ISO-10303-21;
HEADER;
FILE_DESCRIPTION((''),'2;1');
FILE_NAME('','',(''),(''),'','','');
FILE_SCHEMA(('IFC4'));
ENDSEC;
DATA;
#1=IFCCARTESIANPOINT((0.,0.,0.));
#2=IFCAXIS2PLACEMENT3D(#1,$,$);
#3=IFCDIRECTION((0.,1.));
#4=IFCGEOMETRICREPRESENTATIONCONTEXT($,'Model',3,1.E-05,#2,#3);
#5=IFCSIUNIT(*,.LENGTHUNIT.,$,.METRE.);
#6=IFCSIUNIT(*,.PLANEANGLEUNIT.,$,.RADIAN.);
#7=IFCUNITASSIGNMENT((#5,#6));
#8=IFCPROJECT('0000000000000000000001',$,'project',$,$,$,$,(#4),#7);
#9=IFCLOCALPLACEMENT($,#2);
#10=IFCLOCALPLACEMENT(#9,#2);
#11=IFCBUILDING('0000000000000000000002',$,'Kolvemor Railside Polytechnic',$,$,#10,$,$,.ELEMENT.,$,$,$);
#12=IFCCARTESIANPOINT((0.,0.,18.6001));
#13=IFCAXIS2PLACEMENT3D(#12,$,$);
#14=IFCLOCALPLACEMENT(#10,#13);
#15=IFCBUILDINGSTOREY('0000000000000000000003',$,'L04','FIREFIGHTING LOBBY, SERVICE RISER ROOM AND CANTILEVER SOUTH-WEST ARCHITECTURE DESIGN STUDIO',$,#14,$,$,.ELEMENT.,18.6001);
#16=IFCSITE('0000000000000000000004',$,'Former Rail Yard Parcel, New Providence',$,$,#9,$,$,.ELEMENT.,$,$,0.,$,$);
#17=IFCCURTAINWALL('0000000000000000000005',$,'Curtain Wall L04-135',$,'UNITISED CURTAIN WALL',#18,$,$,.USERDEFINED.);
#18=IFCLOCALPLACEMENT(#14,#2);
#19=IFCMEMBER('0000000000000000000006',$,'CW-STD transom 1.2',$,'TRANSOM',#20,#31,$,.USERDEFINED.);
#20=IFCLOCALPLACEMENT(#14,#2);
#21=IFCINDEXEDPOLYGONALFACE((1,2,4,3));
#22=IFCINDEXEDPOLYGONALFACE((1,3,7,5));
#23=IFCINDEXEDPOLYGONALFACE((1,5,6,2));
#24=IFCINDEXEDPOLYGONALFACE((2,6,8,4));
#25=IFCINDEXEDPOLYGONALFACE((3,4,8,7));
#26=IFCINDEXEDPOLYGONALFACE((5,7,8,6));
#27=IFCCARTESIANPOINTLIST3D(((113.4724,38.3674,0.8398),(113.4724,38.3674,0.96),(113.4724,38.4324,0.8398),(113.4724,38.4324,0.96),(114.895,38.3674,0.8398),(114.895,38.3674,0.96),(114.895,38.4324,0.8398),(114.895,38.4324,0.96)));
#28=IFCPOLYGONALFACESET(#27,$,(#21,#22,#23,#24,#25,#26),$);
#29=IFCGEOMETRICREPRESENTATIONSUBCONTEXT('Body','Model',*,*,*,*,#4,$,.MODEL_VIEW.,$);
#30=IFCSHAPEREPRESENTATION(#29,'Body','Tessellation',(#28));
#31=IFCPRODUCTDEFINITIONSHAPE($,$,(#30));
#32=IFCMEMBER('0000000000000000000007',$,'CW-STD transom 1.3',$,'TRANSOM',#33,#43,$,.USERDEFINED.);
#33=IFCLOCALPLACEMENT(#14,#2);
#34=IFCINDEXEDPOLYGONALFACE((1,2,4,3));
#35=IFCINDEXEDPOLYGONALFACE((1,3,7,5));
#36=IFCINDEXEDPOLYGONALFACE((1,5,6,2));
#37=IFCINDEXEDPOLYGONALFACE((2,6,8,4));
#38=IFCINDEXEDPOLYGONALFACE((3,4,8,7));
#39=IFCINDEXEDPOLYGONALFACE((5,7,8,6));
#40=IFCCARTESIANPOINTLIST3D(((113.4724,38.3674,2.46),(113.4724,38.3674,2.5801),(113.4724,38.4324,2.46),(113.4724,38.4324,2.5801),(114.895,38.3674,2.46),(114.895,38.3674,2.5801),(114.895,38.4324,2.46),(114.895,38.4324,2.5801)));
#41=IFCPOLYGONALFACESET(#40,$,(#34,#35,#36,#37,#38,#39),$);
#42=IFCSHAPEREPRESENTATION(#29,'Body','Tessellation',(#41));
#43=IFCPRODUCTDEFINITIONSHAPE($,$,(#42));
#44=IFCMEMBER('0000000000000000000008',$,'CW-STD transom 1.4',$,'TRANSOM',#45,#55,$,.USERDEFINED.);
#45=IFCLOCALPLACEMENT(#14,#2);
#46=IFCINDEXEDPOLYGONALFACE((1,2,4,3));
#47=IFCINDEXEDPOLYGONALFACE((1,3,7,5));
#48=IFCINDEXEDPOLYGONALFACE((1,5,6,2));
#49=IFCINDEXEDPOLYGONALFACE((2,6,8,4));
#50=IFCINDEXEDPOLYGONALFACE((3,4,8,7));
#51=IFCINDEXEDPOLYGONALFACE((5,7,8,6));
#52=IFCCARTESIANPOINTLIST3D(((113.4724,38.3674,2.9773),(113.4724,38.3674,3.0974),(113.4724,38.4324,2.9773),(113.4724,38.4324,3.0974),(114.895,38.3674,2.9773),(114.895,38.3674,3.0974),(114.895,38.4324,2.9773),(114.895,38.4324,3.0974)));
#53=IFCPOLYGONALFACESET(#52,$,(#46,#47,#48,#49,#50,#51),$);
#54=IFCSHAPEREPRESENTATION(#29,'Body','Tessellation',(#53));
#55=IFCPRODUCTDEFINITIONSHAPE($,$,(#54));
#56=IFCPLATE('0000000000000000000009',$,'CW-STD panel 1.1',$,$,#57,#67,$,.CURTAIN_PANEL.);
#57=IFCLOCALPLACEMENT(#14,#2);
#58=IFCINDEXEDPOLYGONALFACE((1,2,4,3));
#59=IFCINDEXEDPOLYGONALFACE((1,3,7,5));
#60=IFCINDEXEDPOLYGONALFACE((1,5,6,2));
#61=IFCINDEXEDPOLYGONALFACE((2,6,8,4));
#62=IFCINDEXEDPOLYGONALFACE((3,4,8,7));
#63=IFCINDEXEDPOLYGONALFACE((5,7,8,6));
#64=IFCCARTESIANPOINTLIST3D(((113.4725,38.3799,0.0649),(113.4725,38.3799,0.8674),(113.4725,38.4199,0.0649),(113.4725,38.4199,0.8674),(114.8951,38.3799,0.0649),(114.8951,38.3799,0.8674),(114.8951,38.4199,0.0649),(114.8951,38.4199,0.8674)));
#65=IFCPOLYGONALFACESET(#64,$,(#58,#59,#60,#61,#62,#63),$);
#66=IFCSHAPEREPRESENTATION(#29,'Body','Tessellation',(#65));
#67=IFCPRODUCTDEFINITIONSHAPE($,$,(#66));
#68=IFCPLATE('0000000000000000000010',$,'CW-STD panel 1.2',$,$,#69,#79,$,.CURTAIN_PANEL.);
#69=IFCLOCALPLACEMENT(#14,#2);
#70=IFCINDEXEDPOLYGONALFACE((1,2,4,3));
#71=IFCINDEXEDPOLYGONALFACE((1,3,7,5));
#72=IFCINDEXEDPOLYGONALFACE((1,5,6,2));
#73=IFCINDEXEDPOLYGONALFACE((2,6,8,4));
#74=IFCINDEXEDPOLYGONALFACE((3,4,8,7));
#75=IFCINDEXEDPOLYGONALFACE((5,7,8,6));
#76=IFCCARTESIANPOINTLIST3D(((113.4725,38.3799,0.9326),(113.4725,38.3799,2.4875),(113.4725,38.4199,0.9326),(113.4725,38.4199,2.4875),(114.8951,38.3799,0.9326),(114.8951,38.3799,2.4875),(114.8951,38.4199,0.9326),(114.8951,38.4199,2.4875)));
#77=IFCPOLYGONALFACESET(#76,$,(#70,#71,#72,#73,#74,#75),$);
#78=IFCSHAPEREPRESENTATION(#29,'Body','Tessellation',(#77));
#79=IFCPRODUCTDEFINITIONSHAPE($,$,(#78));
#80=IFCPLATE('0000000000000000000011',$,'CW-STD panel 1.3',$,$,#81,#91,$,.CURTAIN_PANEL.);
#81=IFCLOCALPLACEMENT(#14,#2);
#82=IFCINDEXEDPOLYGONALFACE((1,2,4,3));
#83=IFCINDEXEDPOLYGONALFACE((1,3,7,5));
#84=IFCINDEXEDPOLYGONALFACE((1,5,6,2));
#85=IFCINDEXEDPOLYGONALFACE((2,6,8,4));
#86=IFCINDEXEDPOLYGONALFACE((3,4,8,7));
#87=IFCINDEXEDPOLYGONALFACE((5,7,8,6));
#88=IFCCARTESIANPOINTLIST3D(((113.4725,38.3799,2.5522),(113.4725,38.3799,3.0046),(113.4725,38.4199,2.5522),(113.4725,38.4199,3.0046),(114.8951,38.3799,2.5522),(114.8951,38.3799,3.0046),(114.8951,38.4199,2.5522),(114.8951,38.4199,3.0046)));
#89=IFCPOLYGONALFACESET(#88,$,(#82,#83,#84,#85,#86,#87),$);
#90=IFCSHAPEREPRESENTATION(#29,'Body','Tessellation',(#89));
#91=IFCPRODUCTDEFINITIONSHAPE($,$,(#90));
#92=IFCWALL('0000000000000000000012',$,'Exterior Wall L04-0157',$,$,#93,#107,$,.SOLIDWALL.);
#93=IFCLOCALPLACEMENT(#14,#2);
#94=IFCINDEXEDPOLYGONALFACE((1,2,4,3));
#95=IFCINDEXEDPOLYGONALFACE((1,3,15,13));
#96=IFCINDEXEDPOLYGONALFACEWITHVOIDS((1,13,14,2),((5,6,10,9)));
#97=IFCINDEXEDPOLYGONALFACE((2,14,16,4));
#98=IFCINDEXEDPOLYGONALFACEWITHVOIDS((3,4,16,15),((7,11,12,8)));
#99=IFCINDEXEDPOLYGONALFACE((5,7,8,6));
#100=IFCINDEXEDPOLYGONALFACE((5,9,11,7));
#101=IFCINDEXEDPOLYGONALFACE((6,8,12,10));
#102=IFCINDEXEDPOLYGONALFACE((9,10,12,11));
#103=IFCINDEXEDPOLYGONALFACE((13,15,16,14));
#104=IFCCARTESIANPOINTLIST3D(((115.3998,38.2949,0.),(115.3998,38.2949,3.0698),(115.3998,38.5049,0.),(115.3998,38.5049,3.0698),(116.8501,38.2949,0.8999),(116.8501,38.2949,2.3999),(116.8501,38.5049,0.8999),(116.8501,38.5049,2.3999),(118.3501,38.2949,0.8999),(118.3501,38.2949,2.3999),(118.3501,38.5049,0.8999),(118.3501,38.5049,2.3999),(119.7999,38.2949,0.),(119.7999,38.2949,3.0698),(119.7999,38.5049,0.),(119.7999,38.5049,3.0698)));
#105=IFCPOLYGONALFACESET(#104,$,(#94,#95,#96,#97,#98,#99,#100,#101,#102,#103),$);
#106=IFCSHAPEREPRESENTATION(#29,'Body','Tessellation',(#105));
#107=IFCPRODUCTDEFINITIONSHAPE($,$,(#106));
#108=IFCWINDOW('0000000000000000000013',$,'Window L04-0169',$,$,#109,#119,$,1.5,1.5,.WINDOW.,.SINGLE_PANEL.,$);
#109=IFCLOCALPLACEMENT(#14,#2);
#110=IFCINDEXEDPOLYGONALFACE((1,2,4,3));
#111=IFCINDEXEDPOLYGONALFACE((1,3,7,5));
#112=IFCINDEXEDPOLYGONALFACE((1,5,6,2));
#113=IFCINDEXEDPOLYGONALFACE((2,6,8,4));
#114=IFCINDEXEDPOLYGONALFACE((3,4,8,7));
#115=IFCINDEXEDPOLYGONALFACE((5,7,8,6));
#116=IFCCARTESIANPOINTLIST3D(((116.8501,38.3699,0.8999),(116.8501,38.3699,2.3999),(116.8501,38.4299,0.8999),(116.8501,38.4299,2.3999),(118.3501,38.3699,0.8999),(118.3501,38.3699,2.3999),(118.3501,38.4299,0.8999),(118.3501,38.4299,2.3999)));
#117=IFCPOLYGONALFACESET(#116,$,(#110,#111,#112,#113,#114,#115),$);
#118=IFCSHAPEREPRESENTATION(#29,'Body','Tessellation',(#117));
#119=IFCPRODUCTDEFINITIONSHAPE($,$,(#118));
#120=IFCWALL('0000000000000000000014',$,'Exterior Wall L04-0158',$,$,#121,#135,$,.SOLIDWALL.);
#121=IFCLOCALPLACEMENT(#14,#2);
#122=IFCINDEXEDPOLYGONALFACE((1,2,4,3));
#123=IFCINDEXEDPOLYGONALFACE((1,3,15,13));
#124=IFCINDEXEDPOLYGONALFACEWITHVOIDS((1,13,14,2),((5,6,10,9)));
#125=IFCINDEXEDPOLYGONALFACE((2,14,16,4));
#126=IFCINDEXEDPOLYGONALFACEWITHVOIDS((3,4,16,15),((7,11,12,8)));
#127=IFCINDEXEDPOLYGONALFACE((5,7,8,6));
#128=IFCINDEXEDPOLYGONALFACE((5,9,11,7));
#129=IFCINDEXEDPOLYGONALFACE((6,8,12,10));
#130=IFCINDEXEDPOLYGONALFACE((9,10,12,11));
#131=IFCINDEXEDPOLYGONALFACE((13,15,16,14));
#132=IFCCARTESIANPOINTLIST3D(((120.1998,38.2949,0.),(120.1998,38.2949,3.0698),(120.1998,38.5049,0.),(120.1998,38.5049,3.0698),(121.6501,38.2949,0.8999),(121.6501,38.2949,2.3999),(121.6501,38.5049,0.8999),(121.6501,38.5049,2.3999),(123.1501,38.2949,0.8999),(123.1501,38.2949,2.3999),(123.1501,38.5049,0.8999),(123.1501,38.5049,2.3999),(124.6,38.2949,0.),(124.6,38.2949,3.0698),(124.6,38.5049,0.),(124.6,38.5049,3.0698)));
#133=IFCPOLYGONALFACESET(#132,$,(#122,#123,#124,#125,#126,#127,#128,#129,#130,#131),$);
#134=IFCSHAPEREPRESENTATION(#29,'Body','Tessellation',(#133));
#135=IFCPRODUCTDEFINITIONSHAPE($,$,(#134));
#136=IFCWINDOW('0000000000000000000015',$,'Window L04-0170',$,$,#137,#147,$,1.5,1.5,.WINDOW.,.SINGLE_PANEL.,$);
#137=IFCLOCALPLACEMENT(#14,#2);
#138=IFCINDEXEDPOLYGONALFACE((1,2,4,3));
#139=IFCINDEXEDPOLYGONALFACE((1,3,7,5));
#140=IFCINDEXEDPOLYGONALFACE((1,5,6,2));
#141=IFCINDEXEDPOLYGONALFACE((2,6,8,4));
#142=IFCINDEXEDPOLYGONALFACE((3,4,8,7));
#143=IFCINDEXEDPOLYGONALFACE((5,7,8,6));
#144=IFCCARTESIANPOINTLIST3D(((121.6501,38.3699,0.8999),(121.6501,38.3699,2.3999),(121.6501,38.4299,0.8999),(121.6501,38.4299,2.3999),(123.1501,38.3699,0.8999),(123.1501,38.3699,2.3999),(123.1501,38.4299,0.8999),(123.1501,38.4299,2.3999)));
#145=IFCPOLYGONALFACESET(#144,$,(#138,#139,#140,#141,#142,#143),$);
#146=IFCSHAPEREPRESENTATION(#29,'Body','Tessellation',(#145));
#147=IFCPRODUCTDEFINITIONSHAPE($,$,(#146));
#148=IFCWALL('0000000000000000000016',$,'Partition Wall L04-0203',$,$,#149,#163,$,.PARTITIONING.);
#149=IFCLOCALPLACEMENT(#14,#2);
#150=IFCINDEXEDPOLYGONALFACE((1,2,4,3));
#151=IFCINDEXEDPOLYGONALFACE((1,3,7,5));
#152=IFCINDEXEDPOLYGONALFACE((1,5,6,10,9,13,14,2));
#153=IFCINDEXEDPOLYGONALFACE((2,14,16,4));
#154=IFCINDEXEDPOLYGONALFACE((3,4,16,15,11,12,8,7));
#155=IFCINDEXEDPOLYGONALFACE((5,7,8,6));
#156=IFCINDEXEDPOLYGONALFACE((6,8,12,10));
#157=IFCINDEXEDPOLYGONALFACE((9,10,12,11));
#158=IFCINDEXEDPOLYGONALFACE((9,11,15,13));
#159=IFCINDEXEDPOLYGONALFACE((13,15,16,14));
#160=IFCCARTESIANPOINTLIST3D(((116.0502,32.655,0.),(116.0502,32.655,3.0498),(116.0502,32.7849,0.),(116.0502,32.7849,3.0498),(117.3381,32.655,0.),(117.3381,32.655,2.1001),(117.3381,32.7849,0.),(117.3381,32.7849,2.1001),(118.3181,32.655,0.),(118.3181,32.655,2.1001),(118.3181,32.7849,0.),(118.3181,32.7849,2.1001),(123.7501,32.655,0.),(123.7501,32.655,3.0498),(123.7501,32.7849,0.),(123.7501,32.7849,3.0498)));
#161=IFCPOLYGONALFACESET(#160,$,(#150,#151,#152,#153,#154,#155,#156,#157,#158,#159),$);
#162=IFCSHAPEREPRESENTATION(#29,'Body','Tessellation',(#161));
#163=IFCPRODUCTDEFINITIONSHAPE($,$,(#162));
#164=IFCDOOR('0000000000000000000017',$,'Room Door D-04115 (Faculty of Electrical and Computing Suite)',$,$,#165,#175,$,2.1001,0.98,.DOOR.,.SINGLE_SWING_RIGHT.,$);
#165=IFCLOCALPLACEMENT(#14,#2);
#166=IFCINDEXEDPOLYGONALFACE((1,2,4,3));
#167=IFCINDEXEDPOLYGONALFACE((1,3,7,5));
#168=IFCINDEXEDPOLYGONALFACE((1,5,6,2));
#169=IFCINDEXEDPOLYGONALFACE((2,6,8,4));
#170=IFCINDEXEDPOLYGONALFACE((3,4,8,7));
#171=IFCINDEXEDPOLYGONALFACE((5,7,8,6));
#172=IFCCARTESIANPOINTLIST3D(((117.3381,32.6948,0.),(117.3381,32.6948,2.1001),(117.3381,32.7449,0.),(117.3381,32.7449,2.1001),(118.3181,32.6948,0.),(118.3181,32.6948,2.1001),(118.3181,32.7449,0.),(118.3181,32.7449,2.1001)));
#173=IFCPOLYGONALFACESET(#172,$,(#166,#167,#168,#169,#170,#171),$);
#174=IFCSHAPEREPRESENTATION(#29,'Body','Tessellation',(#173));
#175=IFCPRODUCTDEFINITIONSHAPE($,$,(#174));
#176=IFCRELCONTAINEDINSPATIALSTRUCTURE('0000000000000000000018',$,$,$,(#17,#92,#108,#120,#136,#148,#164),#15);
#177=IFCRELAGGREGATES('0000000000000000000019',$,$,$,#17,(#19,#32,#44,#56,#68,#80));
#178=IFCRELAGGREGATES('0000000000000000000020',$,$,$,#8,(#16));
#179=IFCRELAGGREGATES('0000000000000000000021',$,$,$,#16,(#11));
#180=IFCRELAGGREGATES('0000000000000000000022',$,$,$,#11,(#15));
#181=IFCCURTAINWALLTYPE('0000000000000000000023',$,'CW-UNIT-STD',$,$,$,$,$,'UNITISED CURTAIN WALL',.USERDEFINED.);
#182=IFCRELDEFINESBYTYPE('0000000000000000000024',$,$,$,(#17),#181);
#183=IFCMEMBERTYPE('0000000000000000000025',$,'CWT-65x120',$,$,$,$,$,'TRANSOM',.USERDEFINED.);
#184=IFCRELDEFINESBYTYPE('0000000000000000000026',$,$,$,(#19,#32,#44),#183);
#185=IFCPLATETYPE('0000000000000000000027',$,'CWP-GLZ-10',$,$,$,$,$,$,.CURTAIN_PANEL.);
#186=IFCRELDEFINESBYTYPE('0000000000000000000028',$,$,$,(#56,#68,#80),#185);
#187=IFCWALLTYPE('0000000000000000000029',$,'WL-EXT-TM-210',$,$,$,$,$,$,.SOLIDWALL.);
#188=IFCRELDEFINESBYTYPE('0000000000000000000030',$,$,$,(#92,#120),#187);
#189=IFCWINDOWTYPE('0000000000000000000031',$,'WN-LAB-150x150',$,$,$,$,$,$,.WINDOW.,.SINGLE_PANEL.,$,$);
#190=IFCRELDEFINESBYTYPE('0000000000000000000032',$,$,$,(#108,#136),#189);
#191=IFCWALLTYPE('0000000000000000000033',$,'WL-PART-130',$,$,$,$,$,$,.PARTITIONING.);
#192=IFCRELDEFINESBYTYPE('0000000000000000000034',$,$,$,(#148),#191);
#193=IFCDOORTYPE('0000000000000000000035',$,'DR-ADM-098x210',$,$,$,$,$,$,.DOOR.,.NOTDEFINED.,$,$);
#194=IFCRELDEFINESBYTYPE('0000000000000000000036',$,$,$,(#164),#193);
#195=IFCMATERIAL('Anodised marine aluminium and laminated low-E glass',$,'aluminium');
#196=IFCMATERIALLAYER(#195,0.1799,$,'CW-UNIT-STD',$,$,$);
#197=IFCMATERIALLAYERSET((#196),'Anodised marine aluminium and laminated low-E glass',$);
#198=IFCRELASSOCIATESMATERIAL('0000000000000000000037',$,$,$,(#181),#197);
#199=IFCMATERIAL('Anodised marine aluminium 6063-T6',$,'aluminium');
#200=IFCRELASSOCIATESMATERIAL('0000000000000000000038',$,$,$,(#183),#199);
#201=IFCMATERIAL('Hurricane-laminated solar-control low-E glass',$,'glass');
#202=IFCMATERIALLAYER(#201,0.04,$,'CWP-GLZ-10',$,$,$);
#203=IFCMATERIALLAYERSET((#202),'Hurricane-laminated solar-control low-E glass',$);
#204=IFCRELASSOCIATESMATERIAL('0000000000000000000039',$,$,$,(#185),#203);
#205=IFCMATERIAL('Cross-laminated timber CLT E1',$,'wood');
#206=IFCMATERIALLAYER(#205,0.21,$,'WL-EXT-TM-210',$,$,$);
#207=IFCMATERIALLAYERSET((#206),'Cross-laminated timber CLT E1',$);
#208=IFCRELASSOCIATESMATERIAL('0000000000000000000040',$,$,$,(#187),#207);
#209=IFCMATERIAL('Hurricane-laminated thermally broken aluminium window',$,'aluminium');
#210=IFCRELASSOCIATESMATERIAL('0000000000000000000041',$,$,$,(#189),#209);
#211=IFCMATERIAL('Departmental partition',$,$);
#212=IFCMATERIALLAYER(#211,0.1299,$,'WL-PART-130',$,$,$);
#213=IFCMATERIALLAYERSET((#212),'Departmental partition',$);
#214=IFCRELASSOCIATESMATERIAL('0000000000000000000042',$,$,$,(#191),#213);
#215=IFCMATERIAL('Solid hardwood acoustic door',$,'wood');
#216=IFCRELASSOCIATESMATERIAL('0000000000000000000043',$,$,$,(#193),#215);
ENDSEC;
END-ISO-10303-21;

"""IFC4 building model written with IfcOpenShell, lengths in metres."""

from ifc_helpers import new_model, si_unit, direction, frame, frame_2d, origin, origin_2d, place, context, subcontext, project, spatial, rectangle, extrude, material, layer, layer_set, material_profile, profile_set, type_object, element, fill, aggregate, save


model = new_model("IFC4")

# Units and contexts
model_context = context("Model", 3, precision=1e-05, world=origin(), true_north=direction((0.0, 1.0)))
body_context = subcontext(model_context, "Body", "Model", "MODEL_VIEW")
ifc_project = project(units=[si_unit("LENGTHUNIT", "METRE"), si_unit("PLANEANGLEUNIT", "RADIAN")], contexts=[model_context])

# Site, building, storey
site_placement = place(None, origin())
site = spatial("IfcSite", under=ifc_project, at=site_placement, Name="Former Rail Yard Parcel, New Providence", CompositionType="ELEMENT", RefElevation=0.0)
building_placement = place(site_placement, origin())
building = spatial("IfcBuilding", under=site, at=building_placement, Name="Kolvemor Railside Polytechnic", CompositionType="ELEMENT")
storey_placement = place(building_placement, frame((0.0, 0.0, 18.6001)))
storey = spatial("IfcBuildingStorey", under=building, at=storey_placement, Name="L04", Description="FIREFIGHTING LOBBY, SERVICE RISER ROOM AND CANTILEVER SOUTH-WEST ARCHITECTURE DESIGN STUDIO", CompositionType="ELEMENT", Elevation=18.6001)

# Curtain wall, members, plates
ifc_material_1 = material(Name="Anodised marine aluminium and laminated low-E glass", Category="aluminium")
ifc_layer_1 = layer(ifc_material_1, 0.1799, Name="CW-UNIT-STD")
ifc_layer_set_1 = layer_set([ifc_layer_1], Name="Anodised marine aluminium and laminated low-E glass")
curtain_wall_type = type_object("IfcCurtainWallType", Name="CW-UNIT-STD", ElementType="UNITISED CURTAIN WALL", PredefinedType="USERDEFINED", material=ifc_layer_set_1)
curtain_wall_placement = place(storey_placement, origin())
curtain_wall = element("IfcCurtainWall", 1, at=curtain_wall_placement, inside=storey, type_object=curtain_wall_type, Name="Curtain Wall L04-135", ObjectType="UNITISED CURTAIN WALL", PredefinedType="USERDEFINED")
ifc_material_2 = material(Name="Anodised marine aluminium 6063-T6", Category="aluminium")
ifc_material_profile_1 = material_profile(ifc_material_2, rectangle(XDim=0.0649, YDim=0.1201, at=origin_2d()), Name="CW-TRN-65x120")
ifc_profile_set_1 = profile_set([ifc_material_profile_1], Name="Anodised marine aluminium 6063-T6")
member_type_1 = type_object("IfcMemberType", Name="CWT-65x120", ElementType="TRANSOM", PredefinedType="USERDEFINED", material=ifc_profile_set_1)
member_1_placement = place(storey_placement, frame((114.895, 38.3999, 0.8999), z_axis=(-1.0, 0.0, 0.0), x_axis=(0.0, -1.0, 0.0)))
member_1 = element("IfcMember", 2, at=member_1_placement, type_object=member_type_1, Name="CW-STD transom 1.2", ObjectType="TRANSOM", PredefinedType="USERDEFINED", context=body_context, shape_type="SweptSolid", body=[
    extrude(rectangle(XDim=0.0649, YDim=0.1201, at=origin_2d()), origin(), (0.0, 0.0, 1.0), 1.4226),
])
member_2_placement = place(storey_placement, frame((114.895, 38.3999, 2.52), z_axis=(-1.0, 0.0, 0.0), x_axis=(0.0, -1.0, 0.0)))
member_2 = element("IfcMember", 3, at=member_2_placement, type_object=member_type_1, Name="CW-STD transom 1.3", ObjectType="TRANSOM", PredefinedType="USERDEFINED", context=body_context, shape_type="SweptSolid", body=[
    extrude(rectangle(XDim=0.0649, YDim=0.1201, at=origin_2d()), origin(), (0.0, 0.0, 1.0), 1.4226),
])
member_3_placement = place(storey_placement, frame((114.895, 38.3999, 3.0374), z_axis=(-1.0, 0.0, 0.0), x_axis=(0.0, -1.0, 0.0)))
member_3 = element("IfcMember", 4, at=member_3_placement, type_object=member_type_1, Name="CW-STD transom 1.4", ObjectType="TRANSOM", PredefinedType="USERDEFINED", context=body_context, shape_type="SweptSolid", body=[
    extrude(rectangle(XDim=0.0649, YDim=0.1201, at=origin_2d()), origin(), (0.0, 0.0, 1.0), 1.4226),
])
ifc_material_3 = material(Name="Hurricane-laminated solar-control low-E glass", Category="glass")
ifc_layer_2 = layer(ifc_material_3, 0.04, Name="CWP-GLZ-10")
ifc_layer_set_2 = layer_set([ifc_layer_2], Name="Hurricane-laminated solar-control low-E glass")
plate_type = type_object("IfcPlateType", Name="CWP-GLZ-10", PredefinedType="CURTAIN_PANEL", material=ifc_layer_set_2)
plate_1_placement = place(storey_placement, frame((114.1838, 38.3999, 0.0649), z_axis=(0.0, 0.0, 1.0), x_axis=(-1.0, 0.0, 0.0)))
plate_1 = element("IfcPlate", 5, at=plate_1_placement, type_object=plate_type, Name="CW-STD panel 1.1", PredefinedType="CURTAIN_PANEL", context=body_context, shape_type="SweptSolid", body=[
    extrude(rectangle(XDim=1.4226, YDim=0.04, at=origin_2d()), origin(), (0.0, 0.0, 1.0), 0.8025),
])
plate_2_placement = place(storey_placement, frame((114.1838, 38.3999, 0.9326), z_axis=(0.0, 0.0, 1.0), x_axis=(-1.0, 0.0, 0.0)))
plate_2 = element("IfcPlate", 6, at=plate_2_placement, type_object=plate_type, Name="CW-STD panel 1.2", PredefinedType="CURTAIN_PANEL", context=body_context, shape_type="SweptSolid", body=[
    extrude(rectangle(XDim=1.4226, YDim=0.04, at=origin_2d()), origin(), (0.0, 0.0, 1.0), 1.5549),
])
plate_3_placement = place(storey_placement, frame((114.1838, 38.3999, 2.5522), z_axis=(0.0, 0.0, 1.0), x_axis=(-1.0, 0.0, 0.0)))
plate_3 = element("IfcPlate", 7, at=plate_3_placement, type_object=plate_type, Name="CW-STD panel 1.3", PredefinedType="CURTAIN_PANEL", context=body_context, shape_type="SweptSolid", body=[
    extrude(rectangle(XDim=1.4226, YDim=0.04, at=origin_2d()), origin(), (0.0, 0.0, 1.0), 0.4524),
])
aggregate(curtain_wall, [member_1, member_2, member_3, plate_1, plate_2, plate_3])

# Walls, openings, windows
ifc_material_4 = material(Name="Cross-laminated timber CLT E1", Category="wood")
ifc_layer_3 = layer(ifc_material_4, 0.21, Name="WL-EXT-TM-210")
ifc_layer_set_3 = layer_set([ifc_layer_3], Name="Cross-laminated timber CLT E1")
wall_type_1 = type_object("IfcWallType", Name="WL-EXT-TM-210", PredefinedType="SOLIDWALL", material=ifc_layer_set_3)
wall_1_placement = place(storey_placement, frame((119.8, 38.3999, 0.0), z_axis=(0.0, 0.0, 1.0), x_axis=(-1.0, 0.0, 0.0)))
wall_1 = element("IfcWall", 8, at=wall_1_placement, inside=storey, type_object=wall_type_1, Name="Exterior Wall L04-0157", PredefinedType="SOLIDWALL", context=body_context, shape_type="SweptSolid", body=[
    extrude(rectangle(XDim=4.4001, YDim=0.21, at=frame_2d((2.2002, 0.0))), origin(), (0.0, 0.0, 1.0), 3.0698),
])
opening_1_placement = place(wall_1_placement, frame((1.45, 0.0, 0.8999)))
opening_1 = element("IfcOpeningElement", 9, at=opening_1_placement, cuts=wall_1, PredefinedType="OPENING", context=body_context, shape_type="SweptSolid", body=[
    extrude(rectangle(XDim=1.5, YDim=1.5, at=frame_2d((0.75, 0.75))), frame((0.0, 0.115, 0.0), z_axis=(0.0, -1.0, 0.0), x_axis=(1.0, 0.0, 0.0)), (0.0, 0.0, 1.0), 0.23),
])
ifc_material_5 = material(Name="Hurricane-laminated thermally broken aluminium window", Category="aluminium")
window_type = type_object("IfcWindowType", Name="WN-LAB-150x150", PartitioningType="SINGLE_PANEL", PredefinedType="WINDOW", material=ifc_material_5)
window_1_placement = place(opening_1_placement, origin())
window_1 = element("IfcWindow", 10, at=window_1_placement, inside=storey, type_object=window_type, Name="Window L04-0169", OverallHeight=1.5, OverallWidth=1.5, PartitioningType="SINGLE_PANEL", PredefinedType="WINDOW", context=body_context, shape_type="SweptSolid", body=[
    extrude(rectangle(XDim=1.5, YDim=1.5, at=frame_2d((0.75, 0.75))), frame((0.0, 0.03, 0.0), z_axis=(0.0, -1.0, 0.0), x_axis=(1.0, 0.0, 0.0)), (0.0, 0.0, 1.0), 0.0601),
])
fill(opening_1, window_1)
wall_2_placement = place(storey_placement, frame((124.6001, 38.3999, 0.0), z_axis=(0.0, 0.0, 1.0), x_axis=(-1.0, 0.0, 0.0)))
wall_2 = element("IfcWall", 11, at=wall_2_placement, inside=storey, type_object=wall_type_1, Name="Exterior Wall L04-0158", PredefinedType="SOLIDWALL", context=body_context, shape_type="SweptSolid", body=[
    extrude(rectangle(XDim=4.4001, YDim=0.21, at=frame_2d((2.2002, 0.0))), origin(), (0.0, 0.0, 1.0), 3.0698),
])
opening_2_placement = place(wall_2_placement, frame((1.45, 0.0, 0.8999)))
opening_2 = element("IfcOpeningElement", 12, at=opening_2_placement, cuts=wall_2, PredefinedType="OPENING", context=body_context, shape_type="SweptSolid", body=[
    extrude(rectangle(XDim=1.5, YDim=1.5, at=frame_2d((0.75, 0.75))), frame((0.0, 0.115, 0.0), z_axis=(0.0, -1.0, 0.0), x_axis=(1.0, 0.0, 0.0)), (0.0, 0.0, 1.0), 0.23),
])
window_2_placement = place(opening_2_placement, origin())
window_2 = element("IfcWindow", 13, at=window_2_placement, inside=storey, type_object=window_type, Name="Window L04-0170", OverallHeight=1.5, OverallWidth=1.5, PartitioningType="SINGLE_PANEL", PredefinedType="WINDOW", context=body_context, shape_type="SweptSolid", body=[
    extrude(rectangle(XDim=1.5, YDim=1.5, at=frame_2d((0.75, 0.75))), frame((0.0, 0.03, 0.0), z_axis=(0.0, -1.0, 0.0), x_axis=(1.0, 0.0, 0.0)), (0.0, 0.0, 1.0), 0.0601),
])
fill(opening_2, window_2)

# Wall, opening, door
ifc_material_6 = material(Name="Departmental partition")
ifc_layer_4 = layer(ifc_material_6, 0.1299, Name="WL-PART-130")
ifc_layer_set_4 = layer_set([ifc_layer_4], Name="Departmental partition")
wall_type_2 = type_object("IfcWallType", Name="WL-PART-130", PredefinedType="PARTITIONING", material=ifc_layer_set_4)
wall_3_placement = place(storey_placement, frame((116.05, 32.72, 0.0), z_axis=(0.0, 0.0, 1.0), x_axis=(1.0, 0.0, 0.0)))
wall_3 = element("IfcWall", 14, at=wall_3_placement, inside=storey, type_object=wall_type_2, Name="Partition Wall L04-0203", PredefinedType="PARTITIONING", context=body_context, shape_type="SweptSolid", body=[
    extrude(rectangle(XDim=7.7, YDim=0.1299, at=frame_2d((3.8501, 0.0))), origin(), (0.0, 0.0, 1.0), 3.0498),
])
opening_3_placement = place(wall_3_placement, frame((1.2881, 0.0, 0.0)))
opening_3 = element("IfcOpeningElement", 15, at=opening_3_placement, cuts=wall_3, PredefinedType="OPENING", context=body_context, shape_type="SweptSolid", body=[
    extrude(rectangle(XDim=0.98, YDim=2.1001, at=frame_2d((0.49, 1.05))), frame((0.0, 0.075, 0.0), z_axis=(0.0, -1.0, 0.0), x_axis=(1.0, 0.0, 0.0)), (0.0, 0.0, 1.0), 0.1499),
])
ifc_material_7 = material(Name="Solid hardwood acoustic door", Category="wood")
door_type = type_object("IfcDoorType", Name="DR-ADM-098x210", OperationType="NOTDEFINED", PredefinedType="DOOR", material=ifc_material_7)
door_placement = place(opening_3_placement, origin())
door = element("IfcDoor", 16, at=door_placement, inside=storey, type_object=door_type, Name="Room Door D-04115 (Faculty of Electrical and Computing Suite)", OperationType="SINGLE_SWING_RIGHT", OverallHeight=2.1001, OverallWidth=0.98, PredefinedType="DOOR", context=body_context, shape_type="SweptSolid", body=[
    extrude(rectangle(XDim=0.98, YDim=2.1001, at=frame_2d((0.49, 1.05))), frame((0.0, 0.0249, 0.0), z_axis=(0.0, -1.0, 0.0), x_axis=(1.0, 0.0, 0.0)), (0.0, 0.0, 1.0), 0.05),
])
fill(opening_3, door)

save(model, "model.ifc")
